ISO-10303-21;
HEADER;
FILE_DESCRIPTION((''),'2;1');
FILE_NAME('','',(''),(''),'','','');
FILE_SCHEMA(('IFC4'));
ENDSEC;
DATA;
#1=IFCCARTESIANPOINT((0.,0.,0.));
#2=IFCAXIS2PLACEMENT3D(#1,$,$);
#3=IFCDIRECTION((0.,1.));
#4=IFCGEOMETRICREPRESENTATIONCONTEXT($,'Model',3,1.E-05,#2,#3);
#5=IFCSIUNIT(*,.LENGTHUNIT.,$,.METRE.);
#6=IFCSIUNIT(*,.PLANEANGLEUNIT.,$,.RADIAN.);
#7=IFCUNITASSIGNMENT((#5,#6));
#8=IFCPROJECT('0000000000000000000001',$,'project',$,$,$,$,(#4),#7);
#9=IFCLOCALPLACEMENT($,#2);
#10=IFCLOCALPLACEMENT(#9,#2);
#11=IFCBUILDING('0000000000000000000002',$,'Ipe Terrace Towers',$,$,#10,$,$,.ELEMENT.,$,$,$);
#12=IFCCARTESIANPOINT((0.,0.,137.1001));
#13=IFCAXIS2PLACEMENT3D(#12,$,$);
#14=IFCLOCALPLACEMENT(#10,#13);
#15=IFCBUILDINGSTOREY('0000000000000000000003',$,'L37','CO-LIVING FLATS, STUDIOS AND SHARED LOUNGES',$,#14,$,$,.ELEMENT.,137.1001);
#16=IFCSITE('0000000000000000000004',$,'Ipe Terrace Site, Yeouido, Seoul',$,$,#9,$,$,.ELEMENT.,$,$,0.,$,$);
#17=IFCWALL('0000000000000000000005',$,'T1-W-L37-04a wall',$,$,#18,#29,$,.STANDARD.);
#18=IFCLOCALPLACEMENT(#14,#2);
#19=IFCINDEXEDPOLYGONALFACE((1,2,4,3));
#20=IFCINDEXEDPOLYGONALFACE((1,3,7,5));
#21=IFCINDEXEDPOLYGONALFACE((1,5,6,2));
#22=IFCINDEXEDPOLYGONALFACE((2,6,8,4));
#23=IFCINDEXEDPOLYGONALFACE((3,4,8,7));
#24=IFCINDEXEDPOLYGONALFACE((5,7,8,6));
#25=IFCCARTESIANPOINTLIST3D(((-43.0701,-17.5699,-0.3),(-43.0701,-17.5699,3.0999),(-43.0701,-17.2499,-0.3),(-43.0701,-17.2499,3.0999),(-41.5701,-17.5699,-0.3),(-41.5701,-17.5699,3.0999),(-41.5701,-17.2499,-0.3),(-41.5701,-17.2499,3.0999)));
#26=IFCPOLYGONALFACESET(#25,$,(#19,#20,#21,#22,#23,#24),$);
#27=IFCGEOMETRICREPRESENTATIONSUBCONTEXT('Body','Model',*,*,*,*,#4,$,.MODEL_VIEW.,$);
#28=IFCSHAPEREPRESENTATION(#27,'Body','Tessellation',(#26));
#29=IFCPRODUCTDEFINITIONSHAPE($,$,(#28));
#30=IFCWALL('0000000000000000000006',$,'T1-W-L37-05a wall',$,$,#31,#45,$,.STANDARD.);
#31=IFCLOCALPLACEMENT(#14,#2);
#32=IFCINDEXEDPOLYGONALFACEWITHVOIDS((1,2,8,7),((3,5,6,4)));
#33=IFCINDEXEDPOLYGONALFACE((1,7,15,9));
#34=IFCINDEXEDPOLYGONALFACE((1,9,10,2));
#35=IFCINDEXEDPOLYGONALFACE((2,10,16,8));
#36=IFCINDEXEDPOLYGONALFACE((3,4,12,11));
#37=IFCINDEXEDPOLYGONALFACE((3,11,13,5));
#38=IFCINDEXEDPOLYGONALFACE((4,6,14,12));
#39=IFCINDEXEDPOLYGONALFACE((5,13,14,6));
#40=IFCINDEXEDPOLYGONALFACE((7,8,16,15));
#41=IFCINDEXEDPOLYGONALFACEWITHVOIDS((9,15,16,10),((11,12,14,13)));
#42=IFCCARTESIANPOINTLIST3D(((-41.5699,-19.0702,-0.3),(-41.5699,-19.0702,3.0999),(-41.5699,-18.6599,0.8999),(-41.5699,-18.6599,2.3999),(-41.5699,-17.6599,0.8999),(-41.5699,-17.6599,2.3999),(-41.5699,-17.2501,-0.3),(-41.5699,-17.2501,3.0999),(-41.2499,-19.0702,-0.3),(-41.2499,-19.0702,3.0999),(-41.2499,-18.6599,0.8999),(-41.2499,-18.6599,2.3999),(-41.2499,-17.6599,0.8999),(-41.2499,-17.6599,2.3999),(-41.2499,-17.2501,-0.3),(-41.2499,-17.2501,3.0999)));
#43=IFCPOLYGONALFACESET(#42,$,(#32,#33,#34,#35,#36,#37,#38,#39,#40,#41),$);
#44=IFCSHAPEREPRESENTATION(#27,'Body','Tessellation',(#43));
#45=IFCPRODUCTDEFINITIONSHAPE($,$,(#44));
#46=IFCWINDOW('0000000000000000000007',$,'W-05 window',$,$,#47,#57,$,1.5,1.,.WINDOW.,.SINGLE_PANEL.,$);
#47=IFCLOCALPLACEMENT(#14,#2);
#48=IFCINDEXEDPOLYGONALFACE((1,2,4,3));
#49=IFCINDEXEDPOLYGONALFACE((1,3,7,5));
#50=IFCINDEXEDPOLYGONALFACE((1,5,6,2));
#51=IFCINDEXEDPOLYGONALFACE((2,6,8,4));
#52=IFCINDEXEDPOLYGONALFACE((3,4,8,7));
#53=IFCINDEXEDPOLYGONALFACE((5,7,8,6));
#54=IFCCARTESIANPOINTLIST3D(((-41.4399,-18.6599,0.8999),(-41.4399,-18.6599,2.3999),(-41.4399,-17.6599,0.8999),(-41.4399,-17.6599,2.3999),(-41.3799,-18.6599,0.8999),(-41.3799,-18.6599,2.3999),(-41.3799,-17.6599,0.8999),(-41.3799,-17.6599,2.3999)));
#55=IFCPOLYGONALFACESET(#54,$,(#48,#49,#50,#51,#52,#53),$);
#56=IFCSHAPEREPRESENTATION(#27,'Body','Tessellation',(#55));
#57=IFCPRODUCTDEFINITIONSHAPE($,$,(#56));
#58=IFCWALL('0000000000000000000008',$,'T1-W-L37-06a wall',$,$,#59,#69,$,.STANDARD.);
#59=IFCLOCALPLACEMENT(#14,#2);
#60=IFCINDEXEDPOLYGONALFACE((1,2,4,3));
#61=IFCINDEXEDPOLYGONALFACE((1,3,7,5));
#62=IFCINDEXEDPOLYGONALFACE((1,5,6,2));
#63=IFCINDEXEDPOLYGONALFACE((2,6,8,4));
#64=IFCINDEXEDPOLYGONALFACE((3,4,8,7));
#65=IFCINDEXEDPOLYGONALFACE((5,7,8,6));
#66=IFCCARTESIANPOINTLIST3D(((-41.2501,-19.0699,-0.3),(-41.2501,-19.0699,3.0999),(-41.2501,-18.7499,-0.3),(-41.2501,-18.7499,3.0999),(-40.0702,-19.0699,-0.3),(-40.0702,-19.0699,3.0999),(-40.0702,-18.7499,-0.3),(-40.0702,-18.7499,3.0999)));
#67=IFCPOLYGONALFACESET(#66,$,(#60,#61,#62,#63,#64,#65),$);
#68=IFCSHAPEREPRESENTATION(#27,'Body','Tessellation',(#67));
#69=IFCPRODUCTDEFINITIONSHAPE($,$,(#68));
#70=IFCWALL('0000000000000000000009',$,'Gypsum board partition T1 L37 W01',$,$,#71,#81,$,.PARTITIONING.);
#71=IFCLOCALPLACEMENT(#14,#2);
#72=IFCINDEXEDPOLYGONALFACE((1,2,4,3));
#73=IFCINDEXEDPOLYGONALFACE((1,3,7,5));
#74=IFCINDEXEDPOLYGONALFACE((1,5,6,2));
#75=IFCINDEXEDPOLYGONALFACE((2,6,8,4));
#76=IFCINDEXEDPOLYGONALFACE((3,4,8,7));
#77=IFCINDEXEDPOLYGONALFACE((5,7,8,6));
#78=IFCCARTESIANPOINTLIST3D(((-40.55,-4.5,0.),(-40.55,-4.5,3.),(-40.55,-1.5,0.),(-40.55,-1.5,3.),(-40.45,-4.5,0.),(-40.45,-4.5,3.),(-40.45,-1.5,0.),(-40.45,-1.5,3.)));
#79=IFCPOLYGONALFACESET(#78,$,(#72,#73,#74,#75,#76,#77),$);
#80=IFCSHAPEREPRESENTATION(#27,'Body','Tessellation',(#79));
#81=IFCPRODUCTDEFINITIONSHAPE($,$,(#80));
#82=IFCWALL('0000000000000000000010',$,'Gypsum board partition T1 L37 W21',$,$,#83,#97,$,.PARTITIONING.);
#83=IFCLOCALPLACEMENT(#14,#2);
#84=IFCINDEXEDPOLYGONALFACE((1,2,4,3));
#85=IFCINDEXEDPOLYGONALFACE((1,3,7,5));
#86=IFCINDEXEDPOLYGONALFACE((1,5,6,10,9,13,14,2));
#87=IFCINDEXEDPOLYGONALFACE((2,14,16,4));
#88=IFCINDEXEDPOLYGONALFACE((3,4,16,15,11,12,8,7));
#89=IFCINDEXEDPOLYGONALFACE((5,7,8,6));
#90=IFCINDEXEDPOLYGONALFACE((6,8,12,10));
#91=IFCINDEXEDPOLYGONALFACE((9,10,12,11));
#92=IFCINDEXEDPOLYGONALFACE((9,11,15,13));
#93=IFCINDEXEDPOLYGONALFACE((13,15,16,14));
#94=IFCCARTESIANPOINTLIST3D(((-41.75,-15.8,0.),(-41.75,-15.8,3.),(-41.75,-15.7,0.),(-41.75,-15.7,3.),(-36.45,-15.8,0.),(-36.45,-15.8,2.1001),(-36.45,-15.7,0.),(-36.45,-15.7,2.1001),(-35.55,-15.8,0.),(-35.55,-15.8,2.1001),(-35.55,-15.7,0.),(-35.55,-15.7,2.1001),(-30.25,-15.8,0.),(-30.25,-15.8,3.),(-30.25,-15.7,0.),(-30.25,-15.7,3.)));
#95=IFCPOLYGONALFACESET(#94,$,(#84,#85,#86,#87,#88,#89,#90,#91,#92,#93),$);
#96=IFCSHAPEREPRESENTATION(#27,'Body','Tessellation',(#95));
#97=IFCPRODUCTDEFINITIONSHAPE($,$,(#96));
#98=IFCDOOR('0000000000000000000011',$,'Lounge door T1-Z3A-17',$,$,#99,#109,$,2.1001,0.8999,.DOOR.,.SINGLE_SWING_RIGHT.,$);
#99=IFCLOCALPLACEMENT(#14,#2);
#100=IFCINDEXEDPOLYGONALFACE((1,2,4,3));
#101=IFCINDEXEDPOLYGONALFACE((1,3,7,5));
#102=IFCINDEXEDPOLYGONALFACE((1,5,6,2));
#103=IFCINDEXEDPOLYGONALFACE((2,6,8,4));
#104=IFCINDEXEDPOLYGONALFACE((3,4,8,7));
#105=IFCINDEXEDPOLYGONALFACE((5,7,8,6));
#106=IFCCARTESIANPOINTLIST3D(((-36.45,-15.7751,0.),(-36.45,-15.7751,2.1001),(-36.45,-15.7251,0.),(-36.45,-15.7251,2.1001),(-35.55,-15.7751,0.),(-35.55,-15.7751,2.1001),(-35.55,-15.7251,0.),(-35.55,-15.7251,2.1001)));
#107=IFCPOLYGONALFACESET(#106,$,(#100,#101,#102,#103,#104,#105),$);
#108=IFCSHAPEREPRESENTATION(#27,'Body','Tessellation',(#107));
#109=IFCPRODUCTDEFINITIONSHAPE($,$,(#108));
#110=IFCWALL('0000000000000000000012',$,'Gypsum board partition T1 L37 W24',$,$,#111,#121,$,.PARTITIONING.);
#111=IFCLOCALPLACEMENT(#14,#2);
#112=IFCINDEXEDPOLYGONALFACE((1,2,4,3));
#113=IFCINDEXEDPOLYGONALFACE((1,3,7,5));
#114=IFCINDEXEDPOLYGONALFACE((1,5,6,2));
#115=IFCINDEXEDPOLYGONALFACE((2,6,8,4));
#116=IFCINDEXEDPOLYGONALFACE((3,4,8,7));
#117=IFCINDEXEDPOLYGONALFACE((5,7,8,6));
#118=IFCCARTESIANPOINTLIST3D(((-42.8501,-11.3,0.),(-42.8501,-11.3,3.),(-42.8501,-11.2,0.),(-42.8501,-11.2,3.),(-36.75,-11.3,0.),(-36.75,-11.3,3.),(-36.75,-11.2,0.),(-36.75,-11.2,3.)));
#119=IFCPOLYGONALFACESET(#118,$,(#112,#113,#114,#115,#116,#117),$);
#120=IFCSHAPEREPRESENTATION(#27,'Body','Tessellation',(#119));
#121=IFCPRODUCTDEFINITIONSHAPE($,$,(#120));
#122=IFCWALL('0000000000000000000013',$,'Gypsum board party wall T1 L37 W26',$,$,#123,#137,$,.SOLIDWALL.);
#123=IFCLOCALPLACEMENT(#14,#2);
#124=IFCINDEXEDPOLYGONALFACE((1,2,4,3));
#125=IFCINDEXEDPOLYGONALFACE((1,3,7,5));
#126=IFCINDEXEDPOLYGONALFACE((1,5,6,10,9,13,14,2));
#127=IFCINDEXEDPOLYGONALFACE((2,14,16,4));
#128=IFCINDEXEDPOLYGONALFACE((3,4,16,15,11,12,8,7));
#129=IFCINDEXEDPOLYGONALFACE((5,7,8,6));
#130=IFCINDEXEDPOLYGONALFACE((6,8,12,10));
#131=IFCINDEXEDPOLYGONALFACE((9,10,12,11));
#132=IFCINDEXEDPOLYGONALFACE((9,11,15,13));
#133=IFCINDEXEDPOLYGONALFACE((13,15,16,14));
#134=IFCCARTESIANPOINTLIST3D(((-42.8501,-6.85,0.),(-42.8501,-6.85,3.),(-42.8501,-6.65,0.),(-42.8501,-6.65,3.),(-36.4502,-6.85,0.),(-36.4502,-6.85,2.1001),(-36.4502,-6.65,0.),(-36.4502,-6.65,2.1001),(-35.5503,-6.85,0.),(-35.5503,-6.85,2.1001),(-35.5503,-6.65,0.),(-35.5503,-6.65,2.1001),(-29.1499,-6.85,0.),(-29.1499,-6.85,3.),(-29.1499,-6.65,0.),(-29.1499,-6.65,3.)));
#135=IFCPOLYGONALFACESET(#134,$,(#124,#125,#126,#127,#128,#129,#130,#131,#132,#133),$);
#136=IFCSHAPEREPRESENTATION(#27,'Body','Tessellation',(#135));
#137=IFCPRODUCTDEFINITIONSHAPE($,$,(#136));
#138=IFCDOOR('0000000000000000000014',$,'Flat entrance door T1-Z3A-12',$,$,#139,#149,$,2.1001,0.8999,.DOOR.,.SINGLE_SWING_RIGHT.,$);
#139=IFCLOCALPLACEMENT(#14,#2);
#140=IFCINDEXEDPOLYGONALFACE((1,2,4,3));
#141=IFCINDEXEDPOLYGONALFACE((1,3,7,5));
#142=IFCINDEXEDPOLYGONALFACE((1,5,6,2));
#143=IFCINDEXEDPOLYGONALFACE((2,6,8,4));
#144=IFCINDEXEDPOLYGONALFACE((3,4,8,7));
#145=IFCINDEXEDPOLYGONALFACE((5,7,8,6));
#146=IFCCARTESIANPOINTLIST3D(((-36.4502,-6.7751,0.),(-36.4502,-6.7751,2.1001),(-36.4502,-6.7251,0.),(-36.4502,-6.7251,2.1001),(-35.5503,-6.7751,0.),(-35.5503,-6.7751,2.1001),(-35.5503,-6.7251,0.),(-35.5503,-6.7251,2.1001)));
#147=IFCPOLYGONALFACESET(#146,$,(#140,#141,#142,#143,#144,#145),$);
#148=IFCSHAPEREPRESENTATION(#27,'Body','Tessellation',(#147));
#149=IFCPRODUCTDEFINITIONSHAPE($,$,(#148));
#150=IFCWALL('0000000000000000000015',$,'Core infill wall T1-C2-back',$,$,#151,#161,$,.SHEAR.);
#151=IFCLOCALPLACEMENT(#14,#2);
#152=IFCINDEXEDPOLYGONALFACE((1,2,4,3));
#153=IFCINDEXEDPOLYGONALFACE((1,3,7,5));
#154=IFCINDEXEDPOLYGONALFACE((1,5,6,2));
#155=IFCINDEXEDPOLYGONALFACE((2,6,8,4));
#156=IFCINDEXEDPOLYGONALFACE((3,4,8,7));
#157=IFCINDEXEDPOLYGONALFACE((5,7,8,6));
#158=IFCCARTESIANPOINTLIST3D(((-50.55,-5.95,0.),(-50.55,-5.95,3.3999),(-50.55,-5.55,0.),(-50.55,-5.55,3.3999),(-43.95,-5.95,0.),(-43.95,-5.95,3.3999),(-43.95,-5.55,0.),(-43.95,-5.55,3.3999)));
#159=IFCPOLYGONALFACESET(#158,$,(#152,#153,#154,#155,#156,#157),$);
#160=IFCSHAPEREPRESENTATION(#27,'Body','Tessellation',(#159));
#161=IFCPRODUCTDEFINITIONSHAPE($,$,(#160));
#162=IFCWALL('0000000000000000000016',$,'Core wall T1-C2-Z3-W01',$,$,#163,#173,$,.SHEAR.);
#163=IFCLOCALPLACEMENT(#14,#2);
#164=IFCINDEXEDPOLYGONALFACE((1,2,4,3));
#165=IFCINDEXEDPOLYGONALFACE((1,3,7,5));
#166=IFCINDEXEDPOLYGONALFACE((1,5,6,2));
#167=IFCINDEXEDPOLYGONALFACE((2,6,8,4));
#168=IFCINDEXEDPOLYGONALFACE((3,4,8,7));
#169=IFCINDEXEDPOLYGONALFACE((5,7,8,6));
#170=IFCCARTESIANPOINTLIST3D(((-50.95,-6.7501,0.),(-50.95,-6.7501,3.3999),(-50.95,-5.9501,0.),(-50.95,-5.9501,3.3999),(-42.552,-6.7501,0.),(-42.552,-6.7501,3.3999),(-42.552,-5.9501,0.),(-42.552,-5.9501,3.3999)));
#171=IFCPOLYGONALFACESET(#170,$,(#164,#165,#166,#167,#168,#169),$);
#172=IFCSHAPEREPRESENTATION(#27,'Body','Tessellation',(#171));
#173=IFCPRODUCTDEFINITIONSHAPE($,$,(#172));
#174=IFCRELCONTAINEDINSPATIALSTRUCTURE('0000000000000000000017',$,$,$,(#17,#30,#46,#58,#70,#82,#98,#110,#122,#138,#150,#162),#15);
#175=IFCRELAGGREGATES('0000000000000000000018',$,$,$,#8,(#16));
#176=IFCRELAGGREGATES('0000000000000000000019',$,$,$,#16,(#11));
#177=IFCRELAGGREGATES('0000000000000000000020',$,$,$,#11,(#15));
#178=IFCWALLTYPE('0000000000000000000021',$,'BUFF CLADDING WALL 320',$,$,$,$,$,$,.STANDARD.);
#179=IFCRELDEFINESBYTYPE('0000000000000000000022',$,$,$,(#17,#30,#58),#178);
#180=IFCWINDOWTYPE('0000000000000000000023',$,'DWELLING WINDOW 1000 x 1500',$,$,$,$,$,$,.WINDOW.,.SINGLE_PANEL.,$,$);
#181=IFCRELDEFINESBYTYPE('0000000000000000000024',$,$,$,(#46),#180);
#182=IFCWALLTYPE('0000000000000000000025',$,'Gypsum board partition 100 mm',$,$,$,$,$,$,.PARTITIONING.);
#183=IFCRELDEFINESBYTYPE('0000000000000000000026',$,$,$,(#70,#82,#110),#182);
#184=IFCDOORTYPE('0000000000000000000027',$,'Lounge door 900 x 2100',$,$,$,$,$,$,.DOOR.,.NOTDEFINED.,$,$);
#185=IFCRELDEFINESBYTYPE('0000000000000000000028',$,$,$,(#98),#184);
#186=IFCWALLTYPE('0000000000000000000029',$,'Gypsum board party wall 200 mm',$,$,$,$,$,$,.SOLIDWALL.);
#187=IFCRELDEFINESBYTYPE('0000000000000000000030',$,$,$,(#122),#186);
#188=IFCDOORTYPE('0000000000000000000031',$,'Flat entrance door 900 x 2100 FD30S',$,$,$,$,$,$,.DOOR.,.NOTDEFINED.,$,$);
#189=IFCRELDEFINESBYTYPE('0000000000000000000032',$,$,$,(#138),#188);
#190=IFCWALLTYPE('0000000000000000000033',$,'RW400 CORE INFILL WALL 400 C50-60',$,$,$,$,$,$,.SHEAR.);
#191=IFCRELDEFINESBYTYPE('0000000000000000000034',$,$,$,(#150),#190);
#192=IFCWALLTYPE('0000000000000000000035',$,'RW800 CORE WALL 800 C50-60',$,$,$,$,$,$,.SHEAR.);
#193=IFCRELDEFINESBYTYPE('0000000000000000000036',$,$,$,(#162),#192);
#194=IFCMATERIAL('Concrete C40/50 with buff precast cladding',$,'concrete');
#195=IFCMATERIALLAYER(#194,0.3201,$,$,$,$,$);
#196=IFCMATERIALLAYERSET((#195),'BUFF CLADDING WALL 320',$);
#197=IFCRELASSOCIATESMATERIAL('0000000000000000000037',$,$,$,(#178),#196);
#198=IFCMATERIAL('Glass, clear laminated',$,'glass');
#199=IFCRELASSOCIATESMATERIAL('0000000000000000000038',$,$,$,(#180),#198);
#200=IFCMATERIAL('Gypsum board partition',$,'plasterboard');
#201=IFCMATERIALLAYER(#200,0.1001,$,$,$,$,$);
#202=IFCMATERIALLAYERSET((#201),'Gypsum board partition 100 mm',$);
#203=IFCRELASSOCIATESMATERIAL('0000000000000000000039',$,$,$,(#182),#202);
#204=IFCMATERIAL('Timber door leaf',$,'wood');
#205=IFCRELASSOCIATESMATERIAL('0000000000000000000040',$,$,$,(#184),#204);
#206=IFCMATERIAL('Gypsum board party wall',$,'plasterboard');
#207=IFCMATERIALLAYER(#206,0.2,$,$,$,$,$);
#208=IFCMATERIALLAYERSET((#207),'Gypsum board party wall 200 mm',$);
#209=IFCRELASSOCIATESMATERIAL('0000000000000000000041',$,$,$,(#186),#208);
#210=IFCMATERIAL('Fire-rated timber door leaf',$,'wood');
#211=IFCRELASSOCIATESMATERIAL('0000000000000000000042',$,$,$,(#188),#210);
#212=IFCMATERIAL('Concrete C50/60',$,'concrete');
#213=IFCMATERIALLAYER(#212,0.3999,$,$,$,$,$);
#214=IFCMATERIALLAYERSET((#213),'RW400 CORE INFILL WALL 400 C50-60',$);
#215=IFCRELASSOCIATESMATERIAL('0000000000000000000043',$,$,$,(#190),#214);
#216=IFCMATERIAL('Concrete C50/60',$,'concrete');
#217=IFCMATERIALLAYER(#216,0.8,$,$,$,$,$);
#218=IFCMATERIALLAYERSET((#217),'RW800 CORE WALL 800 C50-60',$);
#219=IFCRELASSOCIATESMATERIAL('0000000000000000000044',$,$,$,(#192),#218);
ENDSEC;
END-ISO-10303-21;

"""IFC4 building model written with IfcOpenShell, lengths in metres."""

from ifc_helpers import new_model, si_unit, direction, frame, frame_2d, origin, place, context, subcontext, project, spatial, rectangle, extrude, material, layer, layer_set, type_object, element, fill, save


model = new_model("IFC4")

# Units and contexts
model_context = context("Model", 3, precision=1e-05, world=origin(), true_north=direction((0.0, 1.0)))
body_context = subcontext(model_context, "Body", "Model", "MODEL_VIEW")
ifc_project = project(units=[si_unit("LENGTHUNIT", "METRE"), si_unit("PLANEANGLEUNIT", "RADIAN")], contexts=[model_context])

# Site, building, storey
site_placement = place(None, origin())
site = spatial("IfcSite", under=ifc_project, at=site_placement, Name="Ipe Terrace Site, Yeouido, Seoul", CompositionType="ELEMENT", RefElevation=0.0)
building_placement = place(site_placement, origin())
building = spatial("IfcBuilding", under=site, at=building_placement, Name="Ipe Terrace Towers", CompositionType="ELEMENT")
storey_placement = place(building_placement, frame((0.0, 0.0, 137.1001)))
storey = spatial("IfcBuildingStorey", under=building, at=storey_placement, Name="L37", Description="CO-LIVING FLATS, STUDIOS AND SHARED LOUNGES", CompositionType="ELEMENT", Elevation=137.1001)

# Wall
ifc_material_1 = material(Name="Concrete C40/50 with buff precast cladding", Category="concrete")
ifc_layer_1 = layer(ifc_material_1, 0.3201)
ifc_layer_set_1 = layer_set([ifc_layer_1], Name="BUFF CLADDING WALL 320")
wall_type_1 = type_object("IfcWallType", Name="BUFF CLADDING WALL 320", PredefinedType="STANDARD", material=ifc_layer_set_1)
wall_1_placement = place(storey_placement, frame((-43.0701, -17.4099, -0.3), z_axis=(0.0, 0.0, 1.0), x_axis=(1.0, 0.0, 0.0)))
element("IfcWall", 1, at=wall_1_placement, inside=storey, type_object=wall_type_1, Name="T1-W-L37-04a wall", PredefinedType="STANDARD", context=body_context, shape_type="SweptSolid", body=[
    extrude(rectangle(XDim=1.5, YDim=0.3201, at=frame_2d((0.75, 0.0))), origin(), (0.0, 0.0, 1.0), 3.3999),
])

# Wall, opening, window
wall_2_placement = place(storey_placement, frame((-41.4099, -17.25, -0.3), z_axis=(0.0, 0.0, 1.0), x_axis=(0.0, -1.0, 0.0)))
wall_2 = element("IfcWall", 2, at=wall_2_placement, inside=storey, type_object=wall_type_1, Name="T1-W-L37-05a wall", PredefinedType="STANDARD", context=body_context, shape_type="SweptSolid", body=[
    extrude(rectangle(XDim=1.8201, YDim=0.3201, at=frame_2d((0.9102, 0.0))), origin(), (0.0, 0.0, 1.0), 3.3999),
])
opening_1_placement = place(wall_2_placement, frame((0.4099, 0.0, 1.2)))
opening_1 = element("IfcOpeningElement", 3, at=opening_1_placement, cuts=wall_2, PredefinedType="OPENING", context=body_context, shape_type="SweptSolid", body=[
    extrude(rectangle(XDim=1.0, YDim=1.5, at=frame_2d((0.5, 0.75))), frame((0.0, 0.1699, 0.0), z_axis=(0.0, -1.0, 0.0), x_axis=(1.0, 0.0, 0.0)), (0.0, 0.0, 1.0), 0.3401),
])
ifc_material_2 = material(Name="Glass, clear laminated", Category="glass")
window_type = type_object("IfcWindowType", Name="DWELLING WINDOW 1000 x 1500", PartitioningType="SINGLE_PANEL", PredefinedType="WINDOW", material=ifc_material_2)
window_placement = place(opening_1_placement, origin())
window = element("IfcWindow", 4, at=window_placement, inside=storey, type_object=window_type, Name="W-05 window", OverallHeight=1.5, OverallWidth=1.0, PartitioningType="SINGLE_PANEL", PredefinedType="WINDOW", context=body_context, shape_type="SweptSolid", body=[
    extrude(rectangle(XDim=1.0, YDim=1.5, at=frame_2d((0.5, 0.75))), frame((0.0, 0.03, 0.0), z_axis=(0.0, -1.0, 0.0), x_axis=(1.0, 0.0, 0.0)), (0.0, 0.0, 1.0), 0.0601),
])
fill(opening_1, window)

# Walls
wall_3_placement = place(storey_placement, frame((-41.25, -18.9099, -0.3), z_axis=(0.0, 0.0, 1.0), x_axis=(1.0, 0.0, 0.0)))
element("IfcWall", 5, at=wall_3_placement, inside=storey, type_object=wall_type_1, Name="T1-W-L37-06a wall", PredefinedType="STANDARD", context=body_context, shape_type="SweptSolid", body=[
    extrude(rectangle(XDim=1.1799, YDim=0.3201, at=frame_2d((0.5898, 0.0))), origin(), (0.0, 0.0, 1.0), 3.3999),
])
ifc_material_3 = material(Name="Gypsum board partition", Category="plasterboard")
ifc_layer_2 = layer(ifc_material_3, 0.1001)
ifc_layer_set_2 = layer_set([ifc_layer_2], Name="Gypsum board partition 100 mm")
wall_type_2 = type_object("IfcWallType", Name="Gypsum board partition 100 mm", PredefinedType="PARTITIONING", material=ifc_layer_set_2)
wall_4_placement = place(storey_placement, frame((-40.5, -4.5, 0.0), z_axis=(0.0, 0.0, 1.0), x_axis=(0.0, 1.0, 0.0)))
element("IfcWall", 6, at=wall_4_placement, inside=storey, type_object=wall_type_2, Name="Gypsum board partition T1 L37 W01", PredefinedType="PARTITIONING", context=body_context, shape_type="SweptSolid", body=[
    extrude(rectangle(XDim=3.0, YDim=0.1001, at=frame_2d((1.5, 0.0))), origin(), (0.0, 0.0, 1.0), 3.0),
])

# Wall, opening, door
wall_5_placement = place(storey_placement, frame((-41.75, -15.75, 0.0), z_axis=(0.0, 0.0, 1.0), x_axis=(1.0, 0.0, 0.0)))
wall_5 = element("IfcWall", 7, at=wall_5_placement, inside=storey, type_object=wall_type_2, Name="Gypsum board partition T1 L37 W21", PredefinedType="PARTITIONING", context=body_context, shape_type="SweptSolid", body=[
    extrude(rectangle(XDim=11.5, YDim=0.1001, at=frame_2d((5.75, 0.0))), origin(), (0.0, 0.0, 1.0), 3.0),
])
opening_2_placement = place(wall_5_placement, frame((5.3, 0.0, 0.0)))
opening_2 = element("IfcOpeningElement", 8, at=opening_2_placement, cuts=wall_5, PredefinedType="OPENING", context=body_context, shape_type="SweptSolid", body=[
    extrude(rectangle(XDim=0.8999, YDim=2.1001, at=frame_2d((0.45, 1.05))), frame((0.0, 0.0601, 0.0), z_axis=(0.0, -1.0, 0.0), x_axis=(1.0, 0.0, 0.0)), (0.0, 0.0, 1.0), 0.1201),
])
ifc_material_4 = material(Name="Timber door leaf", Category="wood")
door_type_1 = type_object("IfcDoorType", Name="Lounge door 900 x 2100", OperationType="NOTDEFINED", PredefinedType="DOOR", material=ifc_material_4)
door_1_placement = place(opening_2_placement, origin())
door_1 = element("IfcDoor", 9, at=door_1_placement, inside=storey, type_object=door_type_1, Name="Lounge door T1-Z3A-17", OperationType="SINGLE_SWING_RIGHT", OverallHeight=2.1001, OverallWidth=0.8999, PredefinedType="DOOR", context=body_context, shape_type="SweptSolid", body=[
    extrude(rectangle(XDim=0.8999, YDim=2.1001, at=frame_2d((0.45, 1.05))), frame((0.0, 0.0249, 0.0), z_axis=(0.0, -1.0, 0.0), x_axis=(1.0, 0.0, 0.0)), (0.0, 0.0, 1.0), 0.05),
])
fill(opening_2, door_1)

# Wall
wall_6_placement = place(storey_placement, frame((-42.8501, -11.25, 0.0), z_axis=(0.0, 0.0, 1.0), x_axis=(1.0, 0.0, 0.0)))
element("IfcWall", 10, at=wall_6_placement, inside=storey, type_object=wall_type_2, Name="Gypsum board partition T1 L37 W24", PredefinedType="PARTITIONING", context=body_context, shape_type="SweptSolid", body=[
    extrude(rectangle(XDim=6.1001, YDim=0.1001, at=frame_2d((3.05, 0.0))), origin(), (0.0, 0.0, 1.0), 3.0),
])

# Wall, opening, door
ifc_material_5 = material(Name="Gypsum board party wall", Category="plasterboard")
ifc_layer_3 = layer(ifc_material_5, 0.2)
ifc_layer_set_3 = layer_set([ifc_layer_3], Name="Gypsum board party wall 200 mm")
wall_type_3 = type_object("IfcWallType", Name="Gypsum board party wall 200 mm", PredefinedType="SOLIDWALL", material=ifc_layer_set_3)
wall_7_placement = place(storey_placement, frame((-42.8501, -6.75, 0.0), z_axis=(0.0, 0.0, 1.0), x_axis=(1.0, 0.0, 0.0)))
wall_7 = element("IfcWall", 11, at=wall_7_placement, inside=storey, type_object=wall_type_3, Name="Gypsum board party wall T1 L37 W26", PredefinedType="SOLIDWALL", context=body_context, shape_type="SweptSolid", body=[
    extrude(rectangle(XDim=13.7002, YDim=0.2, at=frame_2d((6.8501, 0.0))), origin(), (0.0, 0.0, 1.0), 3.0),
])
opening_3_placement = place(wall_7_placement, frame((6.3999, 0.0, 0.0)))
opening_3 = element("IfcOpeningElement", 12, at=opening_3_placement, cuts=wall_7, PredefinedType="OPENING", context=body_context, shape_type="SweptSolid", body=[
    extrude(rectangle(XDim=0.8999, YDim=2.1001, at=frame_2d((0.45, 1.05))), frame((0.0, 0.1099, 0.0), z_axis=(0.0, -1.0, 0.0), x_axis=(1.0, 0.0, 0.0)), (0.0, 0.0, 1.0), 0.22),
])
ifc_material_6 = material(Name="Fire-rated timber door leaf", Category="wood")
door_type_2 = type_object("IfcDoorType", Name="Flat entrance door 900 x 2100 FD30S", OperationType="NOTDEFINED", PredefinedType="DOOR", material=ifc_material_6)
door_2_placement = place(opening_3_placement, origin())
door_2 = element("IfcDoor", 13, at=door_2_placement, inside=storey, type_object=door_type_2, Name="Flat entrance door T1-Z3A-12", OperationType="SINGLE_SWING_RIGHT", OverallHeight=2.1001, OverallWidth=0.8999, PredefinedType="DOOR", context=body_context, shape_type="SweptSolid", body=[
    extrude(rectangle(XDim=0.8999, YDim=2.1001, at=frame_2d((0.45, 1.05))), frame((0.0, 0.0249, 0.0), z_axis=(0.0, -1.0, 0.0), x_axis=(1.0, 0.0, 0.0)), (0.0, 0.0, 1.0), 0.05),
])
fill(opening_3, door_2)

# Walls
ifc_material_7 = material(Name="Concrete C50/60", Category="concrete")
ifc_layer_4 = layer(ifc_material_7, 0.3999)
ifc_layer_set_4 = layer_set([ifc_layer_4], Name="RW400 CORE INFILL WALL 400 C50-60")
wall_type_4 = type_object("IfcWallType", Name="RW400 CORE INFILL WALL 400 C50-60", PredefinedType="SHEAR", material=ifc_layer_set_4)
wall_8_placement = place(storey_placement, frame((-43.95, -5.75, 0.0), z_axis=(0.0, 0.0, 1.0), x_axis=(-1.0, 0.0, 0.0)))
element("IfcWall", 14, at=wall_8_placement, inside=storey, type_object=wall_type_4, Name="Core infill wall T1-C2-back", PredefinedType="SHEAR", context=body_context, shape_type="SweptSolid", body=[
    extrude(rectangle(XDim=6.6001, YDim=0.3999, at=frame_2d((3.3, 0.0))), origin(), (0.0, 0.0, 1.0), 3.3999),
])
ifc_material_8 = material(Name="Concrete C50/60", Category="concrete")
ifc_layer_5 = layer(ifc_material_8, 0.8)
ifc_layer_set_5 = layer_set([ifc_layer_5], Name="RW800 CORE WALL 800 C50-60")
wall_type_5 = type_object("IfcWallType", Name="RW800 CORE WALL 800 C50-60", PredefinedType="SHEAR", material=ifc_layer_set_5)
wall_9_placement = place(storey_placement, frame((-50.95, -6.3501, 0.0), z_axis=(0.0, 0.0, 1.0), x_axis=(1.0, 0.0, 0.0)))
element("IfcWall", 15, at=wall_9_placement, inside=storey, type_object=wall_type_5, Name="Core wall T1-C2-Z3-W01", PredefinedType="SHEAR", context=body_context, shape_type="SweptSolid", body=[
    extrude(rectangle(XDim=8.3979, YDim=0.8, at=frame_2d((4.199, 0.0))), origin(), (0.0, 0.0, 1.0), 3.3999),
])

save(model, "model.ifc")
